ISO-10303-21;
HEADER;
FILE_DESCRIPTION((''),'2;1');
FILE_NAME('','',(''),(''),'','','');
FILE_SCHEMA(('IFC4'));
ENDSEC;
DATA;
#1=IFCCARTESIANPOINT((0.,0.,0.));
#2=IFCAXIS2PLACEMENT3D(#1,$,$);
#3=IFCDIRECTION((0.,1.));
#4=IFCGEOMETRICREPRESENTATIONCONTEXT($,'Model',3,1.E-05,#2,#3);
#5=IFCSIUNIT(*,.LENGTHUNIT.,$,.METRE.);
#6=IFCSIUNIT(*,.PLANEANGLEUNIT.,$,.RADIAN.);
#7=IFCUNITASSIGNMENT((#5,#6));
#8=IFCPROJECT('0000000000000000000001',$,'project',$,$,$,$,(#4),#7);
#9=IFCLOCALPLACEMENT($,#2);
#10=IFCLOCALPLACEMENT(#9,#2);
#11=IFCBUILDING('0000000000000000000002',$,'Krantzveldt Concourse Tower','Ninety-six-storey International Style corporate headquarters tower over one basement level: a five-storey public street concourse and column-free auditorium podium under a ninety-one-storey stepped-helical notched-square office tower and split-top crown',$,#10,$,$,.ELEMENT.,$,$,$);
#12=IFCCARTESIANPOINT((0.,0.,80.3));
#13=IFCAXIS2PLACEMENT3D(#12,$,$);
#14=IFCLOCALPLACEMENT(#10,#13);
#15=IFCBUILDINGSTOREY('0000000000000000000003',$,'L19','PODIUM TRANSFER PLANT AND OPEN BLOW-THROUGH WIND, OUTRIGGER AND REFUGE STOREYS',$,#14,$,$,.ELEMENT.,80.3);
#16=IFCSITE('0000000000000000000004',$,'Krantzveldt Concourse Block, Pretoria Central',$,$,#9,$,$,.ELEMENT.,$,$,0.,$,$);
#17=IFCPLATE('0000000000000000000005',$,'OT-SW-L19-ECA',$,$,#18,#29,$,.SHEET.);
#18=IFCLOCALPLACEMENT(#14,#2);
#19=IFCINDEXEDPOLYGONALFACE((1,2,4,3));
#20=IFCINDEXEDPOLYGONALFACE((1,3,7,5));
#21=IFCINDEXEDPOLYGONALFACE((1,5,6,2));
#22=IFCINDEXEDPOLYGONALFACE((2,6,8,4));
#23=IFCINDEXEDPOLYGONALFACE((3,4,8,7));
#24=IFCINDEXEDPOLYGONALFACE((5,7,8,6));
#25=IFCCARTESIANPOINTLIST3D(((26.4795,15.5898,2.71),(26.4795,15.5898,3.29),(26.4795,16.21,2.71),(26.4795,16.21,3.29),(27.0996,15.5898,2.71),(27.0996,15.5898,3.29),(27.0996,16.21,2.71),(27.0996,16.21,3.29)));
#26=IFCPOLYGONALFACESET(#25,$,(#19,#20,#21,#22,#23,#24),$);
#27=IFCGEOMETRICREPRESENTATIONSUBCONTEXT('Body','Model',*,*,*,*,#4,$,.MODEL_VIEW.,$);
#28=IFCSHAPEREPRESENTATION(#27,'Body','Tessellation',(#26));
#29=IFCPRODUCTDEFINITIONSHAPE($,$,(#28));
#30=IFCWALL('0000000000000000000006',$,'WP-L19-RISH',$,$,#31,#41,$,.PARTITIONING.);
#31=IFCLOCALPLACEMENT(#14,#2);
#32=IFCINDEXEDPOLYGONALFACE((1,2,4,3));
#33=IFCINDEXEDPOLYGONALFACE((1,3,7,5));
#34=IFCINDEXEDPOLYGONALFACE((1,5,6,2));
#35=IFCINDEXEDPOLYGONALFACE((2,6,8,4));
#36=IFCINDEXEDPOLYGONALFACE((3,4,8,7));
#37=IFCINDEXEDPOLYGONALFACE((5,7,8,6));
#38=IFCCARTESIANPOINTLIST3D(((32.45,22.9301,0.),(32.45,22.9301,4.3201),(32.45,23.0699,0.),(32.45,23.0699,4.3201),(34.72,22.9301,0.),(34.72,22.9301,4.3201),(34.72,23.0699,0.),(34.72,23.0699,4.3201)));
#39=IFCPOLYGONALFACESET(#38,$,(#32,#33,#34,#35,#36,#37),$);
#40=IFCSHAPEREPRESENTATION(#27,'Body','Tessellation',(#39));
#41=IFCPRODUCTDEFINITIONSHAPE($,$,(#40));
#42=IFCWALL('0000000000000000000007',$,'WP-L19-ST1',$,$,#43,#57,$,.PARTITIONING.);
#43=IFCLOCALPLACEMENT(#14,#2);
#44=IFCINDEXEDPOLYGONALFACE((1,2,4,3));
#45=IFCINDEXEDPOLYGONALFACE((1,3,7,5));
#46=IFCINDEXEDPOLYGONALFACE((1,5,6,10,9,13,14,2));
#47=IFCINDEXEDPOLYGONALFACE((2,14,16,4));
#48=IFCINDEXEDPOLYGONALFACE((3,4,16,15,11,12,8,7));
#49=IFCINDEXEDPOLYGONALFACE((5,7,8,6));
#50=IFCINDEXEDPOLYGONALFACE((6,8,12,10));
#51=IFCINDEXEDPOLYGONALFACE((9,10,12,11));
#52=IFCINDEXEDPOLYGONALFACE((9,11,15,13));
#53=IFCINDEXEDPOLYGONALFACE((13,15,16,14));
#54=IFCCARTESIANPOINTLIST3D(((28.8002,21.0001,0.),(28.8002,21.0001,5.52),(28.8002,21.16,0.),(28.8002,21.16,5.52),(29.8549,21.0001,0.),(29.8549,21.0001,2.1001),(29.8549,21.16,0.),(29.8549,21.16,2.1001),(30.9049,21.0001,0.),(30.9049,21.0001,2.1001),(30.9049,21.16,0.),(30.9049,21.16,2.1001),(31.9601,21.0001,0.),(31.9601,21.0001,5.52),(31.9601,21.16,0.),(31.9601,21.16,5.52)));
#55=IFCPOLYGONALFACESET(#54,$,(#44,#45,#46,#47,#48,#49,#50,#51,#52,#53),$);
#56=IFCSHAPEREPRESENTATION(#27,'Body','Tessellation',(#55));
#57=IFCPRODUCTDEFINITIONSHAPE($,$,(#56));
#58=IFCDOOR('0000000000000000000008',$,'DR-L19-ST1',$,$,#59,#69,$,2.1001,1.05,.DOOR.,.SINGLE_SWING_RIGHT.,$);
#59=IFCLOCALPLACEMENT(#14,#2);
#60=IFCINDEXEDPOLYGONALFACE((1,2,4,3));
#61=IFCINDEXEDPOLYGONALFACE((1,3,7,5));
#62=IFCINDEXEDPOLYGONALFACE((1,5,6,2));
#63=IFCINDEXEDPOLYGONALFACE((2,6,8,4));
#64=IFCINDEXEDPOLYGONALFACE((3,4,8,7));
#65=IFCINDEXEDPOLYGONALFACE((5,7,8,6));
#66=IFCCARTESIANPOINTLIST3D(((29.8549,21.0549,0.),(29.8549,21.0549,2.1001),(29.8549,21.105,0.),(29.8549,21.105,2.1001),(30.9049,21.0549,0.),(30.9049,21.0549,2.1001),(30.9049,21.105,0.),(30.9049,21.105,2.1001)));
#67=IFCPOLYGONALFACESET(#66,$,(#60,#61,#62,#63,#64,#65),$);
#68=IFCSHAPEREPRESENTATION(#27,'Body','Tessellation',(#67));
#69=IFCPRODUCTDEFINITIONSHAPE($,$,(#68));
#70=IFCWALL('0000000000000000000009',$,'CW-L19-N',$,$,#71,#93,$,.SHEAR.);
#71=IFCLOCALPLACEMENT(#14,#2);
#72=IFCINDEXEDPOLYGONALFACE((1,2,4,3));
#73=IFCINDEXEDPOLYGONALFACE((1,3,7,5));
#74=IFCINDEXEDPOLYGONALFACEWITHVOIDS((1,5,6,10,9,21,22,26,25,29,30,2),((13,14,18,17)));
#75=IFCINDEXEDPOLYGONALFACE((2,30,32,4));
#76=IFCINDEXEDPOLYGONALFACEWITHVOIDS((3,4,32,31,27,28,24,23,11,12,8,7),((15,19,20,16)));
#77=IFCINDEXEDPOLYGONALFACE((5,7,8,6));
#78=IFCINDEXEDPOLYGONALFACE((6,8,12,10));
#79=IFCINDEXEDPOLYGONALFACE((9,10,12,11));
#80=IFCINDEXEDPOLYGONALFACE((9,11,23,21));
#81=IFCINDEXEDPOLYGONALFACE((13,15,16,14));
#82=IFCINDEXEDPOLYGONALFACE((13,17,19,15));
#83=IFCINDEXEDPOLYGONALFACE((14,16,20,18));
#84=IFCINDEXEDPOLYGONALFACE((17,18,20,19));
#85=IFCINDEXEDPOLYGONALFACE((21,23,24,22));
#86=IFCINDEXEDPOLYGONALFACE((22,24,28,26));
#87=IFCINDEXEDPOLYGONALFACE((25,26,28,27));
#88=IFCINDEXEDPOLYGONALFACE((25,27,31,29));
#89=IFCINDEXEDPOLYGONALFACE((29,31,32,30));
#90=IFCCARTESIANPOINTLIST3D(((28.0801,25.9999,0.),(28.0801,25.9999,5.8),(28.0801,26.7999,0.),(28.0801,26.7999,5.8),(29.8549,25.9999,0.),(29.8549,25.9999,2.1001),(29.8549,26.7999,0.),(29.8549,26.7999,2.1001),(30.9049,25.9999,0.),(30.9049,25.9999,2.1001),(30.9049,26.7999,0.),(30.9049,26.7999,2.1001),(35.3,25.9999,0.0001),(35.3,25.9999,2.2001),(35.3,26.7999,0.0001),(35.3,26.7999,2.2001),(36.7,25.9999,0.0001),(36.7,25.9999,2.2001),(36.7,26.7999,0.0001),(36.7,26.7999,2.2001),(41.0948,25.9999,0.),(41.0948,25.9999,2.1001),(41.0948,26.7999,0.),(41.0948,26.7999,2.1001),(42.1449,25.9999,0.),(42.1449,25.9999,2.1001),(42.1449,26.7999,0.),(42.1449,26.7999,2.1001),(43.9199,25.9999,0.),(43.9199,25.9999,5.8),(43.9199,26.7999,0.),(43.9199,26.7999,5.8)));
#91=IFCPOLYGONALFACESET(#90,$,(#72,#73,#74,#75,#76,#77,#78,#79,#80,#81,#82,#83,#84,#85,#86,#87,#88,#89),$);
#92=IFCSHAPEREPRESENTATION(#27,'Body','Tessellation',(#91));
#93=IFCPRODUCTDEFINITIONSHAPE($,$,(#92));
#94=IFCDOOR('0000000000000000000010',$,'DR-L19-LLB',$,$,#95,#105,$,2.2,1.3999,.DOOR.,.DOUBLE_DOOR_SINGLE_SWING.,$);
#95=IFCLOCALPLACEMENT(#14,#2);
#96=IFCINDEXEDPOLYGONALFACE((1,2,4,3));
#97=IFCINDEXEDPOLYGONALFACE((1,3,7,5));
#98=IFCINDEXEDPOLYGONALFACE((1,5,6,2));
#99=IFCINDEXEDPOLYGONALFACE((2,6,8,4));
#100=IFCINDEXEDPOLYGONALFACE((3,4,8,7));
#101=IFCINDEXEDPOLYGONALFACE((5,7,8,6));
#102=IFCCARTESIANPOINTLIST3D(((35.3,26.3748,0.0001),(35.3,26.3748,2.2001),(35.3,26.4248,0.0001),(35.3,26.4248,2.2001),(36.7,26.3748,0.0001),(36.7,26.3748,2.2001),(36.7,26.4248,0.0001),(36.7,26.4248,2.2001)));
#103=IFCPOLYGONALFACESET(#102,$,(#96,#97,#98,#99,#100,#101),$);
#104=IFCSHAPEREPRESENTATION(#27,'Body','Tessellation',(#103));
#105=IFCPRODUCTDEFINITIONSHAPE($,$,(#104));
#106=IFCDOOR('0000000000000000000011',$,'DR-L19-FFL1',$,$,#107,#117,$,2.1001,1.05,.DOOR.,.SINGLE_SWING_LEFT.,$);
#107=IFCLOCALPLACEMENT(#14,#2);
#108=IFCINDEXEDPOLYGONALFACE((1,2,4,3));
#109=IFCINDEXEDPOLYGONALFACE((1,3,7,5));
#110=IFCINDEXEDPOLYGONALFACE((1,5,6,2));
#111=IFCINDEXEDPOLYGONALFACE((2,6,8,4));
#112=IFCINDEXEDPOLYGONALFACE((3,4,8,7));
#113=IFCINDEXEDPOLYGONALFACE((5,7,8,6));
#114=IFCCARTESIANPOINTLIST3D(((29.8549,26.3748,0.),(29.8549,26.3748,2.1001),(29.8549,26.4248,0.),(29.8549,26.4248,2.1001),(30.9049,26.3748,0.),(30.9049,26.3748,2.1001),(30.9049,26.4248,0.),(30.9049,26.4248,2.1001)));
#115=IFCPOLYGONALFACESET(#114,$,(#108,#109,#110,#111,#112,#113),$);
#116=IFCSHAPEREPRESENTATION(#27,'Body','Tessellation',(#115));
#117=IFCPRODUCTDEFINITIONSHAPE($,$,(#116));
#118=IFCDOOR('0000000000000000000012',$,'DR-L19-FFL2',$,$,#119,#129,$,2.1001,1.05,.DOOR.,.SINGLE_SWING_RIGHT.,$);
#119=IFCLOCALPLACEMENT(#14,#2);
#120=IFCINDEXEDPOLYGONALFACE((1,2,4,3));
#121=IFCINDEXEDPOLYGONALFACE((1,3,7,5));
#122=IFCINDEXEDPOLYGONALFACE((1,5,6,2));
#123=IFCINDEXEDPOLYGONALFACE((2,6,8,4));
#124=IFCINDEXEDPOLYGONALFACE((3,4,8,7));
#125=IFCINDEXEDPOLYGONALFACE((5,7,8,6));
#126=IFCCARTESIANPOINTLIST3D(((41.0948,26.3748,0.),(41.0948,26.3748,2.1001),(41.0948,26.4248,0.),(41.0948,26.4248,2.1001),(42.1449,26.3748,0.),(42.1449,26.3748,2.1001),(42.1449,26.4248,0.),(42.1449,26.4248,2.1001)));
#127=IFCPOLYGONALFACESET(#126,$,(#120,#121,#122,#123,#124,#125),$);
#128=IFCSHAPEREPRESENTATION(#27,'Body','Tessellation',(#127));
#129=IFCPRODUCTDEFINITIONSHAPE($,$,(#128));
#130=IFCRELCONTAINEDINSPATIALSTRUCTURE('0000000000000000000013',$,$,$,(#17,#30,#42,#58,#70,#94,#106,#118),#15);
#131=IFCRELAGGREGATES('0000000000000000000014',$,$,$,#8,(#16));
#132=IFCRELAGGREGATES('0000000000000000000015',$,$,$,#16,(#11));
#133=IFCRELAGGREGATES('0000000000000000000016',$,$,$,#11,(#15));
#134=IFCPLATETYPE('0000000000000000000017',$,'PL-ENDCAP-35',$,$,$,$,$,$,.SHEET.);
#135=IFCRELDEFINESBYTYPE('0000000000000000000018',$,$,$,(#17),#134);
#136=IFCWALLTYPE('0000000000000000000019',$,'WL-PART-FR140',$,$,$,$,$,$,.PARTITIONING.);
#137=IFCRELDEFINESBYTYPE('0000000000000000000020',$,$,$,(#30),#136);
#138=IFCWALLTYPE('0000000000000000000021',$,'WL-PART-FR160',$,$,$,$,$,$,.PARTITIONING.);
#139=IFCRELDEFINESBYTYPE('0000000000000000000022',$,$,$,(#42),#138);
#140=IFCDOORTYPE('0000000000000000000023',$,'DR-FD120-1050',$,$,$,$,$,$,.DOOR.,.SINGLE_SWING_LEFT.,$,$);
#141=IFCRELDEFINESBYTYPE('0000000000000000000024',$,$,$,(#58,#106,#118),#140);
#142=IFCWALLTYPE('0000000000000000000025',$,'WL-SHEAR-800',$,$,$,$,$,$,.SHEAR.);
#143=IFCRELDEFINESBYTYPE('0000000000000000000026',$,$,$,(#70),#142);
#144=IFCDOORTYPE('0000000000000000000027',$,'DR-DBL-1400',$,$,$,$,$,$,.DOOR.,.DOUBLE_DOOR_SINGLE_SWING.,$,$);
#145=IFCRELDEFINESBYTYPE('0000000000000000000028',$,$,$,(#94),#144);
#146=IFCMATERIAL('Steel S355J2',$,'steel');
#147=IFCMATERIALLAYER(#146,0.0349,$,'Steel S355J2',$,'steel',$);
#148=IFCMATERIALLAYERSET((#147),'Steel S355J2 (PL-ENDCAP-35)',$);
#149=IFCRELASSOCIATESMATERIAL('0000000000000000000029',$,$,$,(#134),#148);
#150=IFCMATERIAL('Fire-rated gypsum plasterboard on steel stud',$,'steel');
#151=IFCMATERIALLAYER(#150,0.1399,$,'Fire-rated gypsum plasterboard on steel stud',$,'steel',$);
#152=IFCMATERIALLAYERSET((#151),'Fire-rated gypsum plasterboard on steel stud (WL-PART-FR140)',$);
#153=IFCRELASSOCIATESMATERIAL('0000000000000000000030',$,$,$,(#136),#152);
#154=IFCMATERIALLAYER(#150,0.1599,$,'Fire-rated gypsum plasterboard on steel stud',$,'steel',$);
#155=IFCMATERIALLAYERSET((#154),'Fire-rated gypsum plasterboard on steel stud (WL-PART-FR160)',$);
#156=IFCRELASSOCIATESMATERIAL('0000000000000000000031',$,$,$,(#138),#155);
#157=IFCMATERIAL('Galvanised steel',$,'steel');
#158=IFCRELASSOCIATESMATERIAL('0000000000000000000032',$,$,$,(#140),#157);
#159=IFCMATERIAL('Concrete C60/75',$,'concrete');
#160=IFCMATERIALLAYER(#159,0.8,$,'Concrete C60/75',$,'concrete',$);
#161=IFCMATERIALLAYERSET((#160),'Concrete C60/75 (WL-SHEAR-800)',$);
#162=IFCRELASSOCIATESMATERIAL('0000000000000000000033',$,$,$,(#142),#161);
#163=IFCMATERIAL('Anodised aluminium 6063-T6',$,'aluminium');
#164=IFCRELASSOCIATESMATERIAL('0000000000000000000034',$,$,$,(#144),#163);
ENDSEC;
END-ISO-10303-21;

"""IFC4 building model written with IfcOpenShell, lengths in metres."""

from ifc_helpers import new_model, si_unit, direction, frame, frame_2d, origin, origin_2d, place, context, subcontext, project, spatial, rectangle, extrude, source, transform, mapped, material, layer, layer_set, type_object, type_shapes, element, fill, save


model = new_model("IFC4")

# Units and contexts
model_context = context("Model", 3, precision=1e-05, world=origin(), true_north=direction((0.0, 1.0)))
body_context = subcontext(model_context, "Body", "Model", "MODEL_VIEW")
ifc_project = project(units=[si_unit("LENGTHUNIT", "METRE"), si_unit("PLANEANGLEUNIT", "RADIAN")], contexts=[model_context])

# Site, building, storey
site_placement = place(None, origin())
site = spatial("IfcSite", under=ifc_project, at=site_placement, Name="Krantzveldt Concourse Block, Pretoria Central", CompositionType="ELEMENT", RefElevation=0.0)
building_placement = place(site_placement, origin())
building = spatial("IfcBuilding", under=site, at=building_placement, Name="Krantzveldt Concourse Tower", Description="Ninety-six-storey International Style corporate headquarters tower over one basement level: a five-storey public street concourse and column-free auditorium podium under a ninety-one-storey stepped-helical notched-square office tower and split-top crown", CompositionType="ELEMENT")
storey_placement = place(building_placement, frame((0.0, 0.0, 80.3)))
storey = spatial("IfcBuildingStorey", under=building, at=storey_placement, Name="L19", Description="PODIUM TRANSFER PLANT AND OPEN BLOW-THROUGH WIND, OUTRIGGER AND REFUGE STOREYS", CompositionType="ELEMENT", Elevation=80.3)

# Shared definitions
ifc_material_1 = material(Name="Steel S355J2", Category="steel")

# Plate
ifc_layer_1 = layer(ifc_material_1, 0.0349, Name="Steel S355J2", Category="steel")
ifc_layer_set_1 = layer_set([ifc_layer_1], Name="Steel S355J2 (PL-ENDCAP-35)")
plate_type_1 = type_object("IfcPlateType", Name="PL-ENDCAP-35", PredefinedType="SHEET", material=ifc_layer_set_1)
shared_shape_1 = source(origin(), body_context, "Body", "SweptSolid", [
    extrude(rectangle(XDim=0.6201, YDim=0.6201, at=origin_2d()), origin(), (0.0, 0.0, 1.0), 0.5801),
])
type_shapes(plate_type_1, [shared_shape_1])
plate_placement = place(storey_placement, frame((26.7896, 15.8999, 2.71), z_axis=(0.0, 0.0, 1.0), x_axis=(1.0, 0.0, 0.0)))
element("IfcPlate", 1, at=plate_placement, inside=storey, type_object=plate_type_1, Name="OT-SW-L19-ECA", PredefinedType="SHEET", context=body_context, shape_type="MappedRepresentation", body=[
    mapped(shared_shape_1, transform((0.0, 0.0, 0.0), x_axis=(1.0, 0.0, 0.0), y_axis=(0.0, 1.0, 0.0), z_axis=(0.0, 0.0, 1.0), scale=1.0)),
])

# Wall
ifc_material_2 = material(Name="Fire-rated gypsum plasterboard on steel stud", Category="steel")
ifc_layer_2 = layer(ifc_material_2, 0.1399, Name="Fire-rated gypsum plasterboard on steel stud", Category="steel")
ifc_layer_set_2 = layer_set([ifc_layer_2], Name="Fire-rated gypsum plasterboard on steel stud (WL-PART-FR140)")
wall_type_1 = type_object("IfcWallType", Name="WL-PART-FR140", PredefinedType="PARTITIONING", material=ifc_layer_set_2)
wall_1_placement = place(storey_placement, frame((32.45, 23.0, 0.0), z_axis=(0.0, 0.0, 1.0), x_axis=(1.0, 0.0, 0.0)))
element("IfcWall", 2, at=wall_1_placement, inside=storey, type_object=wall_type_1, Name="WP-L19-RISH", PredefinedType="PARTITIONING", context=body_context, shape_type="SweptSolid", body=[
    extrude(rectangle(XDim=2.27, YDim=0.1399, at=frame_2d((1.135, 0.0))), origin(), (0.0, 0.0, 1.0), 4.3201),
])

# Wall, opening, door
ifc_layer_3 = layer(ifc_material_2, 0.1599, Name="Fire-rated gypsum plasterboard on steel stud", Category="steel")
ifc_layer_set_3 = layer_set([ifc_layer_3], Name="Fire-rated gypsum plasterboard on steel stud (WL-PART-FR160)")
wall_type_2 = type_object("IfcWallType", Name="WL-PART-FR160", PredefinedType="PARTITIONING", material=ifc_layer_set_3)
wall_2_placement = place(storey_placement, frame((28.8, 21.0801, 0.0), z_axis=(0.0, 0.0, 1.0), x_axis=(1.0, 0.0, 0.0)))
wall_2 = element("IfcWall", 3, at=wall_2_placement, inside=storey, type_object=wall_type_2, Name="WP-L19-ST1", PredefinedType="PARTITIONING", context=body_context, shape_type="SweptSolid", body=[
    extrude(rectangle(XDim=3.1599, YDim=0.1599, at=frame_2d((1.5801, 0.0))), origin(), (0.0, 0.0, 1.0), 5.52),
])
opening_1_placement = place(wall_2_placement, frame((1.0549, 0.0, 0.0)))
opening_1 = element("IfcOpeningElement", 4, at=opening_1_placement, cuts=wall_2, PredefinedType="OPENING", context=body_context, shape_type="SweptSolid", body=[
    extrude(rectangle(XDim=1.05, YDim=2.1001, at=frame_2d((0.5249, 1.05))), frame((0.0, 0.0898, 0.0), z_axis=(0.0, -1.0, 0.0), x_axis=(1.0, 0.0, 0.0)), (0.0, 0.0, 1.0), 0.1799),
])
ifc_material_3 = material(Name="Galvanised steel", Category="steel")
door_type_1 = type_object("IfcDoorType", Name="DR-FD120-1050", OperationType="SINGLE_SWING_LEFT", PredefinedType="DOOR", material=ifc_material_3)
door_1_placement = place(opening_1_placement, origin())
door_1 = element("IfcDoor", 5, at=door_1_placement, inside=storey, type_object=door_type_1, Name="DR-L19-ST1", OperationType="SINGLE_SWING_RIGHT", OverallHeight=2.1001, OverallWidth=1.05, PredefinedType="DOOR", context=body_context, shape_type="SweptSolid", body=[
    extrude(rectangle(XDim=1.05, YDim=2.1001, at=frame_2d((0.5249, 1.05))), frame((0.0, 0.0249, 0.0), z_axis=(0.0, -1.0, 0.0), x_axis=(1.0, 0.0, 0.0)), (0.0, 0.0, 1.0), 0.05),
])
fill(opening_1, door_1)

# Wall, openings, doors
ifc_material_4 = material(Name="Concrete C60/75", Category="concrete")
ifc_layer_4 = layer(ifc_material_4, 0.8, Name="Concrete C60/75", Category="concrete")
ifc_layer_set_4 = layer_set([ifc_layer_4], Name="Concrete C60/75 (WL-SHEAR-800)")
wall_type_3 = type_object("IfcWallType", Name="WL-SHEAR-800", PredefinedType="SHEAR", material=ifc_layer_set_4)
wall_3_placement = place(storey_placement, frame((28.0801, 26.3999, 0.0), z_axis=(0.0, 0.0, 1.0), x_axis=(1.0, 0.0, 0.0)))
wall_3 = element("IfcWall", 6, at=wall_3_placement, inside=storey, type_object=wall_type_3, Name="CW-L19-N", PredefinedType="SHEAR", context=body_context, shape_type="SweptSolid", body=[
    extrude(rectangle(XDim=15.8398, YDim=0.8, at=frame_2d((7.9199, 0.0))), origin(), (0.0, 0.0, 1.0), 5.8),
])
opening_2_placement = place(wall_3_placement, frame((7.22, 0.0, 0.0)))
opening_2 = element("IfcOpeningElement", 7, at=opening_2_placement, cuts=wall_3, PredefinedType="OPENING", context=body_context, shape_type="SweptSolid", body=[
    extrude(rectangle(XDim=1.3999, YDim=2.2, at=frame_2d((0.7, 1.1001))), frame((0.0, 0.4102, 0.0), z_axis=(0.0, -1.0, 0.0), x_axis=(1.0, 0.0, 0.0)), (0.0, 0.0, 1.0), 0.8201),
])
opening_3_placement = place(wall_3_placement, frame((1.7749, 0.0, 0.0)))
opening_3 = element("IfcOpeningElement", 8, at=opening_3_placement, cuts=wall_3, PredefinedType="OPENING", context=body_context, shape_type="SweptSolid", body=[
    extrude(rectangle(XDim=1.05, YDim=2.1001, at=frame_2d((0.5249, 1.05))), frame((0.0, 0.4102, 0.0), z_axis=(0.0, -1.0, 0.0), x_axis=(1.0, 0.0, 0.0)), (0.0, 0.0, 1.0), 0.8201),
])
opening_4_placement = place(wall_3_placement, frame((13.0149, 0.0, 0.0)))
opening_4 = element("IfcOpeningElement", 9, at=opening_4_placement, cuts=wall_3, PredefinedType="OPENING", context=body_context, shape_type="SweptSolid", body=[
    extrude(rectangle(XDim=1.05, YDim=2.1001, at=frame_2d((0.5249, 1.05))), frame((0.0, 0.4102, 0.0), z_axis=(0.0, -1.0, 0.0), x_axis=(1.0, 0.0, 0.0)), (0.0, 0.0, 1.0), 0.8201),
])
ifc_material_5 = material(Name="Anodised aluminium 6063-T6", Category="aluminium")
door_type_2 = type_object("IfcDoorType", Name="DR-DBL-1400", OperationType="DOUBLE_DOOR_SINGLE_SWING", PredefinedType="DOOR", material=ifc_material_5)
door_2_placement = place(opening_2_placement, origin())
door_2 = element("IfcDoor", 10, at=door_2_placement, inside=storey, type_object=door_type_2, Name="DR-L19-LLB", OperationType="DOUBLE_DOOR_SINGLE_SWING", OverallHeight=2.2, OverallWidth=1.3999, PredefinedType="DOOR", context=body_context, shape_type="SweptSolid", body=[
    extrude(rectangle(XDim=1.3999, YDim=2.2, at=frame_2d((0.7, 1.1001))), frame((0.0, 0.0249, 0.0), z_axis=(0.0, -1.0, 0.0), x_axis=(1.0, 0.0, 0.0)), (0.0, 0.0, 1.0), 0.05),
])
fill(opening_2, door_2)
door_3_placement = place(opening_3_placement, origin())
door_3 = element("IfcDoor", 11, at=door_3_placement, inside=storey, type_object=door_type_1, Name="DR-L19-FFL1", OperationType="SINGLE_SWING_LEFT", OverallHeight=2.1001, OverallWidth=1.05, PredefinedType="DOOR", context=body_context, shape_type="SweptSolid", body=[
    extrude(rectangle(XDim=1.05, YDim=2.1001, at=frame_2d((0.5249, 1.05))), frame((0.0, 0.0249, 0.0), z_axis=(0.0, -1.0, 0.0), x_axis=(1.0, 0.0, 0.0)), (0.0, 0.0, 1.0), 0.05),
])
fill(opening_3, door_3)
door_4_placement = place(opening_4_placement, origin())
door_4 = element("IfcDoor", 12, at=door_4_placement, inside=storey, type_object=door_type_1, Name="DR-L19-FFL2", OperationType="SINGLE_SWING_RIGHT", OverallHeight=2.1001, OverallWidth=1.05, PredefinedType="DOOR", context=body_context, shape_type="SweptSolid", body=[
    extrude(rectangle(XDim=1.05, YDim=2.1001, at=frame_2d((0.5249, 1.05))), frame((0.0, 0.0249, 0.0), z_axis=(0.0, -1.0, 0.0), x_axis=(1.0, 0.0, 0.0)), (0.0, 0.0, 1.0), 0.05),
])
fill(opening_4, door_4)

save(model, "model.ifc")
